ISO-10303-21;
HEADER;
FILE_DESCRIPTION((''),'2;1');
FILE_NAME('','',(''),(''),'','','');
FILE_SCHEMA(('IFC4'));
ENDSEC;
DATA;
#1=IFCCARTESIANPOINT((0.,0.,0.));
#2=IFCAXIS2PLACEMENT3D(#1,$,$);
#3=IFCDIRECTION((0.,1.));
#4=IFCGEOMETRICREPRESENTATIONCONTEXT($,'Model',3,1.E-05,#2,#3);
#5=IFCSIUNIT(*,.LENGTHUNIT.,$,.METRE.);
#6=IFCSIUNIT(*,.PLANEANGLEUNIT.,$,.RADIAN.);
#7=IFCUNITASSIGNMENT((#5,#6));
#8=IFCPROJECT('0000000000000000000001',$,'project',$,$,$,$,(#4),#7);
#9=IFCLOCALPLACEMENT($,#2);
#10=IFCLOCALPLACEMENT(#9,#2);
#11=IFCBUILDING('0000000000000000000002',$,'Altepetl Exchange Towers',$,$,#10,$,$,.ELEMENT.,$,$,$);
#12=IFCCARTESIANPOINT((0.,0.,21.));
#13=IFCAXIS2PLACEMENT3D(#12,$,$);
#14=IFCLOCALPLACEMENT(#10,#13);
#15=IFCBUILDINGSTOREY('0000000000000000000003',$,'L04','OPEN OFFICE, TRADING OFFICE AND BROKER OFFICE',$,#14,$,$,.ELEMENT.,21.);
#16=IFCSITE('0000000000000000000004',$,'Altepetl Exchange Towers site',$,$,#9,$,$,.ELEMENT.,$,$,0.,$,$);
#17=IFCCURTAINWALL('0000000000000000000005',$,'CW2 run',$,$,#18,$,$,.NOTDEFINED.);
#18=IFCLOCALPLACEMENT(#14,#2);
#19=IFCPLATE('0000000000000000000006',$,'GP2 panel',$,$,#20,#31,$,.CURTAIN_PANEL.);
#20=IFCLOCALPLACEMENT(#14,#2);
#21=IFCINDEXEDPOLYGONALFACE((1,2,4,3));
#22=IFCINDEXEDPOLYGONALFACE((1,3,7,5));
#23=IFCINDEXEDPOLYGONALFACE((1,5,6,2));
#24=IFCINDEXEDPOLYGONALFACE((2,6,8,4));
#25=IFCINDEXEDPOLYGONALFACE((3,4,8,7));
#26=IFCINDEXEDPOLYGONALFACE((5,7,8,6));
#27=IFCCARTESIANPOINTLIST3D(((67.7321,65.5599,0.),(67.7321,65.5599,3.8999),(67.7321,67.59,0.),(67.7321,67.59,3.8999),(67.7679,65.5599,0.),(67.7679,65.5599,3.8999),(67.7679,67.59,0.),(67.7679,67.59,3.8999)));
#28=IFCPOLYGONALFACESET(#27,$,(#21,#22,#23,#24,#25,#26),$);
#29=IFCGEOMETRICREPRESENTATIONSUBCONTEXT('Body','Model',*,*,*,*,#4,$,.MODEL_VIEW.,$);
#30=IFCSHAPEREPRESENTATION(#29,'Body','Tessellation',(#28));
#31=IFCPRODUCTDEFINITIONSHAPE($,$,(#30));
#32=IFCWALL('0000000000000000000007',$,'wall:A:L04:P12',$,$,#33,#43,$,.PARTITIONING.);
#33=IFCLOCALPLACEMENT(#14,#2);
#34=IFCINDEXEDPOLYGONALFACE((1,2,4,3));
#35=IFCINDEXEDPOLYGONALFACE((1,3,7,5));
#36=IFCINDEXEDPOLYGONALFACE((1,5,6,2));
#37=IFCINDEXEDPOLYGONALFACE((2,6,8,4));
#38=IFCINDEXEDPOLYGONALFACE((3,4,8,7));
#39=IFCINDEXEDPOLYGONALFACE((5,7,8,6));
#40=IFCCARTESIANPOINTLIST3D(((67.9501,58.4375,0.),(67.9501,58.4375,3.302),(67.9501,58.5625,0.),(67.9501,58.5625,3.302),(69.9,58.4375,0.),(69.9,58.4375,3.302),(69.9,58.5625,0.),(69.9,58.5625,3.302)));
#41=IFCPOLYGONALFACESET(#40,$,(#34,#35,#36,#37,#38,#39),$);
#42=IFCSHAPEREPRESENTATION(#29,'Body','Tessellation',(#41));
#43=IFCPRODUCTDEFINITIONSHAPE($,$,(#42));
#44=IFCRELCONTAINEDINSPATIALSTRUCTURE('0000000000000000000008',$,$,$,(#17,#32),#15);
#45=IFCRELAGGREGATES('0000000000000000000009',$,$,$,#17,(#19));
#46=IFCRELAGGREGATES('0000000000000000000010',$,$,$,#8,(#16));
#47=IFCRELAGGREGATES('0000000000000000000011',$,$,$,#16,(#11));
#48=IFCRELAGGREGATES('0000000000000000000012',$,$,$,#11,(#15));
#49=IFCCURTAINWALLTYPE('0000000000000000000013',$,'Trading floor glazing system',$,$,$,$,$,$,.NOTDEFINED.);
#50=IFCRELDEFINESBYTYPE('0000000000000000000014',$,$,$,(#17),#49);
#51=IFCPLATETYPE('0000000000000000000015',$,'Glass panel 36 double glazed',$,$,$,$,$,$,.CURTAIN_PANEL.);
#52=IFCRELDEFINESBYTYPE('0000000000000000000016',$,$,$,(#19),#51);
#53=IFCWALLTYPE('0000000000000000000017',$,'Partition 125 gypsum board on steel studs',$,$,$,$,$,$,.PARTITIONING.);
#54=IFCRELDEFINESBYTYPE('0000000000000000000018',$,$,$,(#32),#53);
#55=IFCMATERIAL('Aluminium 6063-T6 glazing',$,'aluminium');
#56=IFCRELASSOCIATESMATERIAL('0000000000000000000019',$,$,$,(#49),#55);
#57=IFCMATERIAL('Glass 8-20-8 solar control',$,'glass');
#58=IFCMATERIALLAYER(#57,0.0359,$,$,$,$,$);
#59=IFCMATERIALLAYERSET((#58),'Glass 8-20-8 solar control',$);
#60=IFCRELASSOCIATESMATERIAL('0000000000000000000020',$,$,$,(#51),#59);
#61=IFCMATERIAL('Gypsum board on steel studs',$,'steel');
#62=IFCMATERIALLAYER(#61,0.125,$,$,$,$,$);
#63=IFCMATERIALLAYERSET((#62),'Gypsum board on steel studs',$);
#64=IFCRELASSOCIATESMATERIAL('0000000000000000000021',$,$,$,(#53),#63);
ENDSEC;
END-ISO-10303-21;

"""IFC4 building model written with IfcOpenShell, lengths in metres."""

from ifc_helpers import new_model, si_unit, direction, frame, frame_2d, origin, origin_2d, place, context, subcontext, project, spatial, rectangle, extrude, material, layer, layer_set, type_object, element, aggregate, save


model = new_model("IFC4")

# Units and contexts
model_context = context("Model", 3, precision=1e-05, world=origin(), true_north=direction((0.0, 1.0)))
body_context = subcontext(model_context, "Body", "Model", "MODEL_VIEW")
ifc_project = project(units=[si_unit("LENGTHUNIT", "METRE"), si_unit("PLANEANGLEUNIT", "RADIAN")], contexts=[model_context])

# Site, building, storey
site_placement = place(None, origin())
site = spatial("IfcSite", under=ifc_project, at=site_placement, Name="Altepetl Exchange Towers site", CompositionType="ELEMENT", RefElevation=0.0)
building_placement = place(site_placement, origin())
building = spatial("IfcBuilding", under=site, at=building_placement, Name="Altepetl Exchange Towers", CompositionType="ELEMENT")
storey_placement = place(building_placement, frame((0.0, 0.0, 21.0)))
storey = spatial("IfcBuildingStorey", under=building, at=storey_placement, Name="L04", Description="OPEN OFFICE, TRADING OFFICE AND BROKER OFFICE", CompositionType="ELEMENT", Elevation=21.0)

# Shared definitions
ifc_material_1 = material(Name="Aluminium 6063-T6 glazing", Category="aluminium")
curtain_wall_type = type_object("IfcCurtainWallType", Name="Trading floor glazing system", PredefinedType="NOTDEFINED", material=ifc_material_1)

# Curtain wall
curtain_wall_1_placement = place(storey_placement, origin())
curtain_wall_1 = element("IfcCurtainWall", 1, at=curtain_wall_1_placement, inside=storey, type_object=curtain_wall_type, Name="CW2 run", PredefinedType="NOTDEFINED")

# Plate
ifc_material_2 = material(Name="Glass 8-20-8 solar control", Category="glass")
ifc_layer_1 = layer(ifc_material_2, 0.0359)
ifc_layer_set_1 = layer_set([ifc_layer_1], Name="Glass 8-20-8 solar control")
plate_type = type_object("IfcPlateType", Name="Glass panel 36 double glazed", PredefinedType="CURTAIN_PANEL", material=ifc_layer_set_1)
plate_1_placement = place(storey_placement, frame((67.75, 66.575, 0.0), z_axis=(0.0, 0.0, 1.0), x_axis=(0.0, 1.0, 0.0)))
plate_1 = element("IfcPlate", 2, at=plate_1_placement, type_object=plate_type, Name="GP2 panel", PredefinedType="CURTAIN_PANEL", context=body_context, shape_type="SweptSolid", body=[
    extrude(rectangle(XDim=2.03, YDim=0.0359, at=origin_2d()), origin(), (0.0, 0.0, 1.0), 3.8999),
])
aggregate(curtain_wall_1, [plate_1])

# Wall
ifc_material_3 = material(Name="Gypsum board on steel studs", Category="steel")
ifc_layer_2 = layer(ifc_material_3, 0.125)
ifc_layer_set_2 = layer_set([ifc_layer_2], Name="Gypsum board on steel studs")
wall_type_1 = type_object("IfcWallType", Name="Partition 125 gypsum board on steel studs", PredefinedType="PARTITIONING", material=ifc_layer_set_2)
wall_1_placement = place(storey_placement, frame((67.95, 58.5, 0.0)))
element("IfcWall", 3, at=wall_1_placement, inside=storey, type_object=wall_type_1, Name="wall:A:L04:P12", PredefinedType="PARTITIONING", context=body_context, shape_type="SweptSolid", body=[
    extrude(rectangle(XDim=1.95, YDim=0.125, at=frame_2d((0.9751, 0.0))), origin(), (0.0, 0.0, 1.0), 3.302),
])

save(model, "model.ifc")
